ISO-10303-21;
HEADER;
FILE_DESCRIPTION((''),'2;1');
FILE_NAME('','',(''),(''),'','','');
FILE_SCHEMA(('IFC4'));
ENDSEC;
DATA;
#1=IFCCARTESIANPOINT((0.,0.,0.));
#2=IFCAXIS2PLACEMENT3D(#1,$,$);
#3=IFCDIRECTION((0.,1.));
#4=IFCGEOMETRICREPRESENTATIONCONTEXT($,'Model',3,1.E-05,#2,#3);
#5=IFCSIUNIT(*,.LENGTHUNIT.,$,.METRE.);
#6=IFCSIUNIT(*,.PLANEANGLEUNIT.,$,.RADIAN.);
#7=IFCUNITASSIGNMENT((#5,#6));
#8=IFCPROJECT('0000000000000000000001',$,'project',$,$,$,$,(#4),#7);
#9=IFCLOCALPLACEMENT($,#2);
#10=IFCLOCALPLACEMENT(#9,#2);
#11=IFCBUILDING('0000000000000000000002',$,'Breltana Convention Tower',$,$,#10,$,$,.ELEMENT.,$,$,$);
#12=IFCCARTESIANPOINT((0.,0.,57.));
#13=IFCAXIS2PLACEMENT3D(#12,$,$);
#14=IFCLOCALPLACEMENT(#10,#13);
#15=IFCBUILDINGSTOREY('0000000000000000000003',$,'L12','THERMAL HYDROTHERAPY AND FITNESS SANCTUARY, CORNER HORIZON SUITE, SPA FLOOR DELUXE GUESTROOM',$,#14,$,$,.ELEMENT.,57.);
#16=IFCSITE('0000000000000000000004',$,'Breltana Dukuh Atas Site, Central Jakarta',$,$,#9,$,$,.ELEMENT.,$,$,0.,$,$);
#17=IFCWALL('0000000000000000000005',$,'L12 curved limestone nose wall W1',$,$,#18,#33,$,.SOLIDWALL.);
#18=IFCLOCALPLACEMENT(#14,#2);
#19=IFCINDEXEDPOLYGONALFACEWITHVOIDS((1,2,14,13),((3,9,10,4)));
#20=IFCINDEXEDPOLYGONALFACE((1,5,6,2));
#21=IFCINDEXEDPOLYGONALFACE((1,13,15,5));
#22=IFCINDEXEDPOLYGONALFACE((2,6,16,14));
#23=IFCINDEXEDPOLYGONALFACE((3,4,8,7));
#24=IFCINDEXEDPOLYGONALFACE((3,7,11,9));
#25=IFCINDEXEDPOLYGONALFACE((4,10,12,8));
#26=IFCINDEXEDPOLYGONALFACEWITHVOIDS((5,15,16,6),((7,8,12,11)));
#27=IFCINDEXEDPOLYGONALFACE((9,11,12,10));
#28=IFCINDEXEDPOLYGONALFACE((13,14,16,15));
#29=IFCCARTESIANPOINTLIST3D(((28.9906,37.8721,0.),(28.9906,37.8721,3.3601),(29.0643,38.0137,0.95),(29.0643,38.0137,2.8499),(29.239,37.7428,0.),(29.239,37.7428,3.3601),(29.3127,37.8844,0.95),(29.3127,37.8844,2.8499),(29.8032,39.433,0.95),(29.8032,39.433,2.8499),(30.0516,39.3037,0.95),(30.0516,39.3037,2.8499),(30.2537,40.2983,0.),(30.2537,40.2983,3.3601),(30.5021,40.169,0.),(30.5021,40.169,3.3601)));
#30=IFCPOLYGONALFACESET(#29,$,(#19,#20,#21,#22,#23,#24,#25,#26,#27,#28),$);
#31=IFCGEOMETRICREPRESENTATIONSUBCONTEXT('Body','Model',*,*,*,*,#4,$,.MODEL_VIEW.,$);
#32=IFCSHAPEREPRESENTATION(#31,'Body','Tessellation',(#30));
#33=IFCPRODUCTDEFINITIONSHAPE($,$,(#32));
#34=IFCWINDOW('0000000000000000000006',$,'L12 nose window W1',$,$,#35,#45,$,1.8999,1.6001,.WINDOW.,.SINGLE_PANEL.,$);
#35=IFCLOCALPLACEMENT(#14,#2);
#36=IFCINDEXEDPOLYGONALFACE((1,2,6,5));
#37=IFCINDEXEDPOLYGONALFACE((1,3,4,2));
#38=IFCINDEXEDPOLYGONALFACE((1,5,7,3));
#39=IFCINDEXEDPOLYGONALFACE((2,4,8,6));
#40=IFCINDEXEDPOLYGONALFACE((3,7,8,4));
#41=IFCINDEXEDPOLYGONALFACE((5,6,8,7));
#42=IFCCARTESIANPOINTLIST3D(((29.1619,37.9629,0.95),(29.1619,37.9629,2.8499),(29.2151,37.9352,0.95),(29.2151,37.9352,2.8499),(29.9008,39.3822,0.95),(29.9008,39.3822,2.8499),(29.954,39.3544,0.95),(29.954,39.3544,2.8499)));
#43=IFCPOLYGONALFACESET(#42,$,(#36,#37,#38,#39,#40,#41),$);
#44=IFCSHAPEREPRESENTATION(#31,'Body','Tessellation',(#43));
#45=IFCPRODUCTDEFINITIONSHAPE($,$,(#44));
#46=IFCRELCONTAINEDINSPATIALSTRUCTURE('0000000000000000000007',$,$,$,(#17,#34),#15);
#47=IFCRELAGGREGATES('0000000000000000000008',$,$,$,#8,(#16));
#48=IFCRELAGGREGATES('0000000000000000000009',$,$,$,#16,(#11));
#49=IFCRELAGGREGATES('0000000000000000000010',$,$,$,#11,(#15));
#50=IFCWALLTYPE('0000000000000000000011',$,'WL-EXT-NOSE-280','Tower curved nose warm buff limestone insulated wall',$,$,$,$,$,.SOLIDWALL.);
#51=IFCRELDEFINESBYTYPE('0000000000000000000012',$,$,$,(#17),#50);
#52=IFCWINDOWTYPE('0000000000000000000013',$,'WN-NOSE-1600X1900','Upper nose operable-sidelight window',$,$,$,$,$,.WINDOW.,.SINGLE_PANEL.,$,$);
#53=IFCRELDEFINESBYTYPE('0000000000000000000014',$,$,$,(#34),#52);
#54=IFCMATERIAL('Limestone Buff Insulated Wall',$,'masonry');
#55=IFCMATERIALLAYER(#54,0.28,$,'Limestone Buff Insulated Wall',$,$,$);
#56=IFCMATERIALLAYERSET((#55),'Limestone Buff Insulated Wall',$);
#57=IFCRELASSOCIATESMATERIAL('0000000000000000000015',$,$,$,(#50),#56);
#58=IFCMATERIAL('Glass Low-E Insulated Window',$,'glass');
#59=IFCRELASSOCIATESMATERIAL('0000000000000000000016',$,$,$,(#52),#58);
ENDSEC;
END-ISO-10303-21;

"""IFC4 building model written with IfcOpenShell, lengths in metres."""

from ifc_helpers import new_model, si_unit, direction, frame, frame_2d, origin, place, context, subcontext, project, spatial, rectangle, extrude, source, transform, mapped, material, layer, layer_set, type_object, type_shapes, element, fill, save


model = new_model("IFC4")

# Units and contexts
model_context = context("Model", 3, precision=1e-05, world=origin(), true_north=direction((0.0, 1.0)))
body_context = subcontext(model_context, "Body", "Model", "MODEL_VIEW")
ifc_project = project(units=[si_unit("LENGTHUNIT", "METRE"), si_unit("PLANEANGLEUNIT", "RADIAN")], contexts=[model_context])

# Site, building, storey
site_placement = place(None, origin())
site = spatial("IfcSite", under=ifc_project, at=site_placement, Name="Breltana Dukuh Atas Site, Central Jakarta", CompositionType="ELEMENT", RefElevation=0.0)
building_placement = place(site_placement, origin())
building = spatial("IfcBuilding", under=site, at=building_placement, Name="Breltana Convention Tower", CompositionType="ELEMENT")
storey_placement = place(building_placement, frame((0.0, 0.0, 57.0)))
storey = spatial("IfcBuildingStorey", under=building, at=storey_placement, Name="L12", Description="THERMAL HYDROTHERAPY AND FITNESS SANCTUARY, CORNER HORIZON SUITE, SPA FLOOR DELUXE GUESTROOM", CompositionType="ELEMENT", Elevation=57.0)

# Wall, opening, window
ifc_material_1 = material(Name="Limestone Buff Insulated Wall", Category="masonry")
ifc_layer_1 = layer(ifc_material_1, 0.28, Name="Limestone Buff Insulated Wall")
ifc_layer_set_1 = layer_set([ifc_layer_1], Name="Limestone Buff Insulated Wall")
wall_type = type_object("IfcWallType", Name="WL-EXT-NOSE-280", Description="Tower curved nose warm buff limestone insulated wall", PredefinedType="SOLIDWALL", material=ifc_layer_set_1)
ifc_material_2 = material(Name="Glass Low-E Insulated Window", Category="glass")
window_type = type_object("IfcWindowType", Name="WN-NOSE-1600X1900", Description="Upper nose operable-sidelight window", PartitioningType="SINGLE_PANEL", PredefinedType="WINDOW", material=ifc_material_2)
shared_shape_1 = source(origin(), body_context, "Body", "SweptSolid", [
    extrude(rectangle(XDim=1.6001, YDim=1.8999, at=frame_2d((0.8, 0.95))), frame((0.0, 0.03, 0.0), z_axis=(0.0, -1.0, 0.0), x_axis=(1.0, 0.0, 0.0)), (0.0, 0.0, 1.0), 0.0601),
])
type_shapes(window_type, [shared_shape_1])
shared_shape_2 = source(origin(), body_context, "Body", "SweptSolid", [
    extrude(rectangle(XDim=2.7354, YDim=0.28, at=frame_2d((1.3677, 0.0))), origin(), (0.0, 0.0, 1.0), 3.3601),
])
wall_1_placement = place(storey_placement, frame((30.3779, 40.2336, 0.0), z_axis=(0.0, 0.0, 1.0), x_axis=(-0.461791, -0.886989, 0.0)))
wall_1 = element("IfcWall", 1, at=wall_1_placement, inside=storey, type_object=wall_type, Name="L12 curved limestone nose wall W1", PredefinedType="SOLIDWALL", context=body_context, shape_type="MappedRepresentation", body=[
    mapped(shared_shape_2, transform((0.0, 0.0, 0.0), scale=1.0)),
])
opening_1_placement = place(wall_1_placement, frame((0.9756, 0.0, 0.95)))
opening_1 = element("IfcOpeningElement", 2, at=opening_1_placement, cuts=wall_1, PredefinedType="OPENING", context=body_context, shape_type="SweptSolid", body=[
    extrude(rectangle(XDim=1.6001, YDim=1.8999, at=frame_2d((0.8, 0.95))), frame((0.0, 0.1499, 0.0), z_axis=(0.0, -1.0, 0.0), x_axis=(1.0, 0.0, 0.0)), (0.0, 0.0, 1.0), 0.3),
])
window_1_placement = place(opening_1_placement, origin())
window_1 = element("IfcWindow", 3, at=window_1_placement, inside=storey, type_object=window_type, Name="L12 nose window W1", OverallHeight=1.8999, OverallWidth=1.6001, PartitioningType="SINGLE_PANEL", PredefinedType="WINDOW", context=body_context, shape_type="MappedRepresentation", body=[
    mapped(shared_shape_1, transform((0.0, 0.0, 0.0), scale=1.0)),
])
fill(opening_1, window_1)

save(model, "model.ifc")
